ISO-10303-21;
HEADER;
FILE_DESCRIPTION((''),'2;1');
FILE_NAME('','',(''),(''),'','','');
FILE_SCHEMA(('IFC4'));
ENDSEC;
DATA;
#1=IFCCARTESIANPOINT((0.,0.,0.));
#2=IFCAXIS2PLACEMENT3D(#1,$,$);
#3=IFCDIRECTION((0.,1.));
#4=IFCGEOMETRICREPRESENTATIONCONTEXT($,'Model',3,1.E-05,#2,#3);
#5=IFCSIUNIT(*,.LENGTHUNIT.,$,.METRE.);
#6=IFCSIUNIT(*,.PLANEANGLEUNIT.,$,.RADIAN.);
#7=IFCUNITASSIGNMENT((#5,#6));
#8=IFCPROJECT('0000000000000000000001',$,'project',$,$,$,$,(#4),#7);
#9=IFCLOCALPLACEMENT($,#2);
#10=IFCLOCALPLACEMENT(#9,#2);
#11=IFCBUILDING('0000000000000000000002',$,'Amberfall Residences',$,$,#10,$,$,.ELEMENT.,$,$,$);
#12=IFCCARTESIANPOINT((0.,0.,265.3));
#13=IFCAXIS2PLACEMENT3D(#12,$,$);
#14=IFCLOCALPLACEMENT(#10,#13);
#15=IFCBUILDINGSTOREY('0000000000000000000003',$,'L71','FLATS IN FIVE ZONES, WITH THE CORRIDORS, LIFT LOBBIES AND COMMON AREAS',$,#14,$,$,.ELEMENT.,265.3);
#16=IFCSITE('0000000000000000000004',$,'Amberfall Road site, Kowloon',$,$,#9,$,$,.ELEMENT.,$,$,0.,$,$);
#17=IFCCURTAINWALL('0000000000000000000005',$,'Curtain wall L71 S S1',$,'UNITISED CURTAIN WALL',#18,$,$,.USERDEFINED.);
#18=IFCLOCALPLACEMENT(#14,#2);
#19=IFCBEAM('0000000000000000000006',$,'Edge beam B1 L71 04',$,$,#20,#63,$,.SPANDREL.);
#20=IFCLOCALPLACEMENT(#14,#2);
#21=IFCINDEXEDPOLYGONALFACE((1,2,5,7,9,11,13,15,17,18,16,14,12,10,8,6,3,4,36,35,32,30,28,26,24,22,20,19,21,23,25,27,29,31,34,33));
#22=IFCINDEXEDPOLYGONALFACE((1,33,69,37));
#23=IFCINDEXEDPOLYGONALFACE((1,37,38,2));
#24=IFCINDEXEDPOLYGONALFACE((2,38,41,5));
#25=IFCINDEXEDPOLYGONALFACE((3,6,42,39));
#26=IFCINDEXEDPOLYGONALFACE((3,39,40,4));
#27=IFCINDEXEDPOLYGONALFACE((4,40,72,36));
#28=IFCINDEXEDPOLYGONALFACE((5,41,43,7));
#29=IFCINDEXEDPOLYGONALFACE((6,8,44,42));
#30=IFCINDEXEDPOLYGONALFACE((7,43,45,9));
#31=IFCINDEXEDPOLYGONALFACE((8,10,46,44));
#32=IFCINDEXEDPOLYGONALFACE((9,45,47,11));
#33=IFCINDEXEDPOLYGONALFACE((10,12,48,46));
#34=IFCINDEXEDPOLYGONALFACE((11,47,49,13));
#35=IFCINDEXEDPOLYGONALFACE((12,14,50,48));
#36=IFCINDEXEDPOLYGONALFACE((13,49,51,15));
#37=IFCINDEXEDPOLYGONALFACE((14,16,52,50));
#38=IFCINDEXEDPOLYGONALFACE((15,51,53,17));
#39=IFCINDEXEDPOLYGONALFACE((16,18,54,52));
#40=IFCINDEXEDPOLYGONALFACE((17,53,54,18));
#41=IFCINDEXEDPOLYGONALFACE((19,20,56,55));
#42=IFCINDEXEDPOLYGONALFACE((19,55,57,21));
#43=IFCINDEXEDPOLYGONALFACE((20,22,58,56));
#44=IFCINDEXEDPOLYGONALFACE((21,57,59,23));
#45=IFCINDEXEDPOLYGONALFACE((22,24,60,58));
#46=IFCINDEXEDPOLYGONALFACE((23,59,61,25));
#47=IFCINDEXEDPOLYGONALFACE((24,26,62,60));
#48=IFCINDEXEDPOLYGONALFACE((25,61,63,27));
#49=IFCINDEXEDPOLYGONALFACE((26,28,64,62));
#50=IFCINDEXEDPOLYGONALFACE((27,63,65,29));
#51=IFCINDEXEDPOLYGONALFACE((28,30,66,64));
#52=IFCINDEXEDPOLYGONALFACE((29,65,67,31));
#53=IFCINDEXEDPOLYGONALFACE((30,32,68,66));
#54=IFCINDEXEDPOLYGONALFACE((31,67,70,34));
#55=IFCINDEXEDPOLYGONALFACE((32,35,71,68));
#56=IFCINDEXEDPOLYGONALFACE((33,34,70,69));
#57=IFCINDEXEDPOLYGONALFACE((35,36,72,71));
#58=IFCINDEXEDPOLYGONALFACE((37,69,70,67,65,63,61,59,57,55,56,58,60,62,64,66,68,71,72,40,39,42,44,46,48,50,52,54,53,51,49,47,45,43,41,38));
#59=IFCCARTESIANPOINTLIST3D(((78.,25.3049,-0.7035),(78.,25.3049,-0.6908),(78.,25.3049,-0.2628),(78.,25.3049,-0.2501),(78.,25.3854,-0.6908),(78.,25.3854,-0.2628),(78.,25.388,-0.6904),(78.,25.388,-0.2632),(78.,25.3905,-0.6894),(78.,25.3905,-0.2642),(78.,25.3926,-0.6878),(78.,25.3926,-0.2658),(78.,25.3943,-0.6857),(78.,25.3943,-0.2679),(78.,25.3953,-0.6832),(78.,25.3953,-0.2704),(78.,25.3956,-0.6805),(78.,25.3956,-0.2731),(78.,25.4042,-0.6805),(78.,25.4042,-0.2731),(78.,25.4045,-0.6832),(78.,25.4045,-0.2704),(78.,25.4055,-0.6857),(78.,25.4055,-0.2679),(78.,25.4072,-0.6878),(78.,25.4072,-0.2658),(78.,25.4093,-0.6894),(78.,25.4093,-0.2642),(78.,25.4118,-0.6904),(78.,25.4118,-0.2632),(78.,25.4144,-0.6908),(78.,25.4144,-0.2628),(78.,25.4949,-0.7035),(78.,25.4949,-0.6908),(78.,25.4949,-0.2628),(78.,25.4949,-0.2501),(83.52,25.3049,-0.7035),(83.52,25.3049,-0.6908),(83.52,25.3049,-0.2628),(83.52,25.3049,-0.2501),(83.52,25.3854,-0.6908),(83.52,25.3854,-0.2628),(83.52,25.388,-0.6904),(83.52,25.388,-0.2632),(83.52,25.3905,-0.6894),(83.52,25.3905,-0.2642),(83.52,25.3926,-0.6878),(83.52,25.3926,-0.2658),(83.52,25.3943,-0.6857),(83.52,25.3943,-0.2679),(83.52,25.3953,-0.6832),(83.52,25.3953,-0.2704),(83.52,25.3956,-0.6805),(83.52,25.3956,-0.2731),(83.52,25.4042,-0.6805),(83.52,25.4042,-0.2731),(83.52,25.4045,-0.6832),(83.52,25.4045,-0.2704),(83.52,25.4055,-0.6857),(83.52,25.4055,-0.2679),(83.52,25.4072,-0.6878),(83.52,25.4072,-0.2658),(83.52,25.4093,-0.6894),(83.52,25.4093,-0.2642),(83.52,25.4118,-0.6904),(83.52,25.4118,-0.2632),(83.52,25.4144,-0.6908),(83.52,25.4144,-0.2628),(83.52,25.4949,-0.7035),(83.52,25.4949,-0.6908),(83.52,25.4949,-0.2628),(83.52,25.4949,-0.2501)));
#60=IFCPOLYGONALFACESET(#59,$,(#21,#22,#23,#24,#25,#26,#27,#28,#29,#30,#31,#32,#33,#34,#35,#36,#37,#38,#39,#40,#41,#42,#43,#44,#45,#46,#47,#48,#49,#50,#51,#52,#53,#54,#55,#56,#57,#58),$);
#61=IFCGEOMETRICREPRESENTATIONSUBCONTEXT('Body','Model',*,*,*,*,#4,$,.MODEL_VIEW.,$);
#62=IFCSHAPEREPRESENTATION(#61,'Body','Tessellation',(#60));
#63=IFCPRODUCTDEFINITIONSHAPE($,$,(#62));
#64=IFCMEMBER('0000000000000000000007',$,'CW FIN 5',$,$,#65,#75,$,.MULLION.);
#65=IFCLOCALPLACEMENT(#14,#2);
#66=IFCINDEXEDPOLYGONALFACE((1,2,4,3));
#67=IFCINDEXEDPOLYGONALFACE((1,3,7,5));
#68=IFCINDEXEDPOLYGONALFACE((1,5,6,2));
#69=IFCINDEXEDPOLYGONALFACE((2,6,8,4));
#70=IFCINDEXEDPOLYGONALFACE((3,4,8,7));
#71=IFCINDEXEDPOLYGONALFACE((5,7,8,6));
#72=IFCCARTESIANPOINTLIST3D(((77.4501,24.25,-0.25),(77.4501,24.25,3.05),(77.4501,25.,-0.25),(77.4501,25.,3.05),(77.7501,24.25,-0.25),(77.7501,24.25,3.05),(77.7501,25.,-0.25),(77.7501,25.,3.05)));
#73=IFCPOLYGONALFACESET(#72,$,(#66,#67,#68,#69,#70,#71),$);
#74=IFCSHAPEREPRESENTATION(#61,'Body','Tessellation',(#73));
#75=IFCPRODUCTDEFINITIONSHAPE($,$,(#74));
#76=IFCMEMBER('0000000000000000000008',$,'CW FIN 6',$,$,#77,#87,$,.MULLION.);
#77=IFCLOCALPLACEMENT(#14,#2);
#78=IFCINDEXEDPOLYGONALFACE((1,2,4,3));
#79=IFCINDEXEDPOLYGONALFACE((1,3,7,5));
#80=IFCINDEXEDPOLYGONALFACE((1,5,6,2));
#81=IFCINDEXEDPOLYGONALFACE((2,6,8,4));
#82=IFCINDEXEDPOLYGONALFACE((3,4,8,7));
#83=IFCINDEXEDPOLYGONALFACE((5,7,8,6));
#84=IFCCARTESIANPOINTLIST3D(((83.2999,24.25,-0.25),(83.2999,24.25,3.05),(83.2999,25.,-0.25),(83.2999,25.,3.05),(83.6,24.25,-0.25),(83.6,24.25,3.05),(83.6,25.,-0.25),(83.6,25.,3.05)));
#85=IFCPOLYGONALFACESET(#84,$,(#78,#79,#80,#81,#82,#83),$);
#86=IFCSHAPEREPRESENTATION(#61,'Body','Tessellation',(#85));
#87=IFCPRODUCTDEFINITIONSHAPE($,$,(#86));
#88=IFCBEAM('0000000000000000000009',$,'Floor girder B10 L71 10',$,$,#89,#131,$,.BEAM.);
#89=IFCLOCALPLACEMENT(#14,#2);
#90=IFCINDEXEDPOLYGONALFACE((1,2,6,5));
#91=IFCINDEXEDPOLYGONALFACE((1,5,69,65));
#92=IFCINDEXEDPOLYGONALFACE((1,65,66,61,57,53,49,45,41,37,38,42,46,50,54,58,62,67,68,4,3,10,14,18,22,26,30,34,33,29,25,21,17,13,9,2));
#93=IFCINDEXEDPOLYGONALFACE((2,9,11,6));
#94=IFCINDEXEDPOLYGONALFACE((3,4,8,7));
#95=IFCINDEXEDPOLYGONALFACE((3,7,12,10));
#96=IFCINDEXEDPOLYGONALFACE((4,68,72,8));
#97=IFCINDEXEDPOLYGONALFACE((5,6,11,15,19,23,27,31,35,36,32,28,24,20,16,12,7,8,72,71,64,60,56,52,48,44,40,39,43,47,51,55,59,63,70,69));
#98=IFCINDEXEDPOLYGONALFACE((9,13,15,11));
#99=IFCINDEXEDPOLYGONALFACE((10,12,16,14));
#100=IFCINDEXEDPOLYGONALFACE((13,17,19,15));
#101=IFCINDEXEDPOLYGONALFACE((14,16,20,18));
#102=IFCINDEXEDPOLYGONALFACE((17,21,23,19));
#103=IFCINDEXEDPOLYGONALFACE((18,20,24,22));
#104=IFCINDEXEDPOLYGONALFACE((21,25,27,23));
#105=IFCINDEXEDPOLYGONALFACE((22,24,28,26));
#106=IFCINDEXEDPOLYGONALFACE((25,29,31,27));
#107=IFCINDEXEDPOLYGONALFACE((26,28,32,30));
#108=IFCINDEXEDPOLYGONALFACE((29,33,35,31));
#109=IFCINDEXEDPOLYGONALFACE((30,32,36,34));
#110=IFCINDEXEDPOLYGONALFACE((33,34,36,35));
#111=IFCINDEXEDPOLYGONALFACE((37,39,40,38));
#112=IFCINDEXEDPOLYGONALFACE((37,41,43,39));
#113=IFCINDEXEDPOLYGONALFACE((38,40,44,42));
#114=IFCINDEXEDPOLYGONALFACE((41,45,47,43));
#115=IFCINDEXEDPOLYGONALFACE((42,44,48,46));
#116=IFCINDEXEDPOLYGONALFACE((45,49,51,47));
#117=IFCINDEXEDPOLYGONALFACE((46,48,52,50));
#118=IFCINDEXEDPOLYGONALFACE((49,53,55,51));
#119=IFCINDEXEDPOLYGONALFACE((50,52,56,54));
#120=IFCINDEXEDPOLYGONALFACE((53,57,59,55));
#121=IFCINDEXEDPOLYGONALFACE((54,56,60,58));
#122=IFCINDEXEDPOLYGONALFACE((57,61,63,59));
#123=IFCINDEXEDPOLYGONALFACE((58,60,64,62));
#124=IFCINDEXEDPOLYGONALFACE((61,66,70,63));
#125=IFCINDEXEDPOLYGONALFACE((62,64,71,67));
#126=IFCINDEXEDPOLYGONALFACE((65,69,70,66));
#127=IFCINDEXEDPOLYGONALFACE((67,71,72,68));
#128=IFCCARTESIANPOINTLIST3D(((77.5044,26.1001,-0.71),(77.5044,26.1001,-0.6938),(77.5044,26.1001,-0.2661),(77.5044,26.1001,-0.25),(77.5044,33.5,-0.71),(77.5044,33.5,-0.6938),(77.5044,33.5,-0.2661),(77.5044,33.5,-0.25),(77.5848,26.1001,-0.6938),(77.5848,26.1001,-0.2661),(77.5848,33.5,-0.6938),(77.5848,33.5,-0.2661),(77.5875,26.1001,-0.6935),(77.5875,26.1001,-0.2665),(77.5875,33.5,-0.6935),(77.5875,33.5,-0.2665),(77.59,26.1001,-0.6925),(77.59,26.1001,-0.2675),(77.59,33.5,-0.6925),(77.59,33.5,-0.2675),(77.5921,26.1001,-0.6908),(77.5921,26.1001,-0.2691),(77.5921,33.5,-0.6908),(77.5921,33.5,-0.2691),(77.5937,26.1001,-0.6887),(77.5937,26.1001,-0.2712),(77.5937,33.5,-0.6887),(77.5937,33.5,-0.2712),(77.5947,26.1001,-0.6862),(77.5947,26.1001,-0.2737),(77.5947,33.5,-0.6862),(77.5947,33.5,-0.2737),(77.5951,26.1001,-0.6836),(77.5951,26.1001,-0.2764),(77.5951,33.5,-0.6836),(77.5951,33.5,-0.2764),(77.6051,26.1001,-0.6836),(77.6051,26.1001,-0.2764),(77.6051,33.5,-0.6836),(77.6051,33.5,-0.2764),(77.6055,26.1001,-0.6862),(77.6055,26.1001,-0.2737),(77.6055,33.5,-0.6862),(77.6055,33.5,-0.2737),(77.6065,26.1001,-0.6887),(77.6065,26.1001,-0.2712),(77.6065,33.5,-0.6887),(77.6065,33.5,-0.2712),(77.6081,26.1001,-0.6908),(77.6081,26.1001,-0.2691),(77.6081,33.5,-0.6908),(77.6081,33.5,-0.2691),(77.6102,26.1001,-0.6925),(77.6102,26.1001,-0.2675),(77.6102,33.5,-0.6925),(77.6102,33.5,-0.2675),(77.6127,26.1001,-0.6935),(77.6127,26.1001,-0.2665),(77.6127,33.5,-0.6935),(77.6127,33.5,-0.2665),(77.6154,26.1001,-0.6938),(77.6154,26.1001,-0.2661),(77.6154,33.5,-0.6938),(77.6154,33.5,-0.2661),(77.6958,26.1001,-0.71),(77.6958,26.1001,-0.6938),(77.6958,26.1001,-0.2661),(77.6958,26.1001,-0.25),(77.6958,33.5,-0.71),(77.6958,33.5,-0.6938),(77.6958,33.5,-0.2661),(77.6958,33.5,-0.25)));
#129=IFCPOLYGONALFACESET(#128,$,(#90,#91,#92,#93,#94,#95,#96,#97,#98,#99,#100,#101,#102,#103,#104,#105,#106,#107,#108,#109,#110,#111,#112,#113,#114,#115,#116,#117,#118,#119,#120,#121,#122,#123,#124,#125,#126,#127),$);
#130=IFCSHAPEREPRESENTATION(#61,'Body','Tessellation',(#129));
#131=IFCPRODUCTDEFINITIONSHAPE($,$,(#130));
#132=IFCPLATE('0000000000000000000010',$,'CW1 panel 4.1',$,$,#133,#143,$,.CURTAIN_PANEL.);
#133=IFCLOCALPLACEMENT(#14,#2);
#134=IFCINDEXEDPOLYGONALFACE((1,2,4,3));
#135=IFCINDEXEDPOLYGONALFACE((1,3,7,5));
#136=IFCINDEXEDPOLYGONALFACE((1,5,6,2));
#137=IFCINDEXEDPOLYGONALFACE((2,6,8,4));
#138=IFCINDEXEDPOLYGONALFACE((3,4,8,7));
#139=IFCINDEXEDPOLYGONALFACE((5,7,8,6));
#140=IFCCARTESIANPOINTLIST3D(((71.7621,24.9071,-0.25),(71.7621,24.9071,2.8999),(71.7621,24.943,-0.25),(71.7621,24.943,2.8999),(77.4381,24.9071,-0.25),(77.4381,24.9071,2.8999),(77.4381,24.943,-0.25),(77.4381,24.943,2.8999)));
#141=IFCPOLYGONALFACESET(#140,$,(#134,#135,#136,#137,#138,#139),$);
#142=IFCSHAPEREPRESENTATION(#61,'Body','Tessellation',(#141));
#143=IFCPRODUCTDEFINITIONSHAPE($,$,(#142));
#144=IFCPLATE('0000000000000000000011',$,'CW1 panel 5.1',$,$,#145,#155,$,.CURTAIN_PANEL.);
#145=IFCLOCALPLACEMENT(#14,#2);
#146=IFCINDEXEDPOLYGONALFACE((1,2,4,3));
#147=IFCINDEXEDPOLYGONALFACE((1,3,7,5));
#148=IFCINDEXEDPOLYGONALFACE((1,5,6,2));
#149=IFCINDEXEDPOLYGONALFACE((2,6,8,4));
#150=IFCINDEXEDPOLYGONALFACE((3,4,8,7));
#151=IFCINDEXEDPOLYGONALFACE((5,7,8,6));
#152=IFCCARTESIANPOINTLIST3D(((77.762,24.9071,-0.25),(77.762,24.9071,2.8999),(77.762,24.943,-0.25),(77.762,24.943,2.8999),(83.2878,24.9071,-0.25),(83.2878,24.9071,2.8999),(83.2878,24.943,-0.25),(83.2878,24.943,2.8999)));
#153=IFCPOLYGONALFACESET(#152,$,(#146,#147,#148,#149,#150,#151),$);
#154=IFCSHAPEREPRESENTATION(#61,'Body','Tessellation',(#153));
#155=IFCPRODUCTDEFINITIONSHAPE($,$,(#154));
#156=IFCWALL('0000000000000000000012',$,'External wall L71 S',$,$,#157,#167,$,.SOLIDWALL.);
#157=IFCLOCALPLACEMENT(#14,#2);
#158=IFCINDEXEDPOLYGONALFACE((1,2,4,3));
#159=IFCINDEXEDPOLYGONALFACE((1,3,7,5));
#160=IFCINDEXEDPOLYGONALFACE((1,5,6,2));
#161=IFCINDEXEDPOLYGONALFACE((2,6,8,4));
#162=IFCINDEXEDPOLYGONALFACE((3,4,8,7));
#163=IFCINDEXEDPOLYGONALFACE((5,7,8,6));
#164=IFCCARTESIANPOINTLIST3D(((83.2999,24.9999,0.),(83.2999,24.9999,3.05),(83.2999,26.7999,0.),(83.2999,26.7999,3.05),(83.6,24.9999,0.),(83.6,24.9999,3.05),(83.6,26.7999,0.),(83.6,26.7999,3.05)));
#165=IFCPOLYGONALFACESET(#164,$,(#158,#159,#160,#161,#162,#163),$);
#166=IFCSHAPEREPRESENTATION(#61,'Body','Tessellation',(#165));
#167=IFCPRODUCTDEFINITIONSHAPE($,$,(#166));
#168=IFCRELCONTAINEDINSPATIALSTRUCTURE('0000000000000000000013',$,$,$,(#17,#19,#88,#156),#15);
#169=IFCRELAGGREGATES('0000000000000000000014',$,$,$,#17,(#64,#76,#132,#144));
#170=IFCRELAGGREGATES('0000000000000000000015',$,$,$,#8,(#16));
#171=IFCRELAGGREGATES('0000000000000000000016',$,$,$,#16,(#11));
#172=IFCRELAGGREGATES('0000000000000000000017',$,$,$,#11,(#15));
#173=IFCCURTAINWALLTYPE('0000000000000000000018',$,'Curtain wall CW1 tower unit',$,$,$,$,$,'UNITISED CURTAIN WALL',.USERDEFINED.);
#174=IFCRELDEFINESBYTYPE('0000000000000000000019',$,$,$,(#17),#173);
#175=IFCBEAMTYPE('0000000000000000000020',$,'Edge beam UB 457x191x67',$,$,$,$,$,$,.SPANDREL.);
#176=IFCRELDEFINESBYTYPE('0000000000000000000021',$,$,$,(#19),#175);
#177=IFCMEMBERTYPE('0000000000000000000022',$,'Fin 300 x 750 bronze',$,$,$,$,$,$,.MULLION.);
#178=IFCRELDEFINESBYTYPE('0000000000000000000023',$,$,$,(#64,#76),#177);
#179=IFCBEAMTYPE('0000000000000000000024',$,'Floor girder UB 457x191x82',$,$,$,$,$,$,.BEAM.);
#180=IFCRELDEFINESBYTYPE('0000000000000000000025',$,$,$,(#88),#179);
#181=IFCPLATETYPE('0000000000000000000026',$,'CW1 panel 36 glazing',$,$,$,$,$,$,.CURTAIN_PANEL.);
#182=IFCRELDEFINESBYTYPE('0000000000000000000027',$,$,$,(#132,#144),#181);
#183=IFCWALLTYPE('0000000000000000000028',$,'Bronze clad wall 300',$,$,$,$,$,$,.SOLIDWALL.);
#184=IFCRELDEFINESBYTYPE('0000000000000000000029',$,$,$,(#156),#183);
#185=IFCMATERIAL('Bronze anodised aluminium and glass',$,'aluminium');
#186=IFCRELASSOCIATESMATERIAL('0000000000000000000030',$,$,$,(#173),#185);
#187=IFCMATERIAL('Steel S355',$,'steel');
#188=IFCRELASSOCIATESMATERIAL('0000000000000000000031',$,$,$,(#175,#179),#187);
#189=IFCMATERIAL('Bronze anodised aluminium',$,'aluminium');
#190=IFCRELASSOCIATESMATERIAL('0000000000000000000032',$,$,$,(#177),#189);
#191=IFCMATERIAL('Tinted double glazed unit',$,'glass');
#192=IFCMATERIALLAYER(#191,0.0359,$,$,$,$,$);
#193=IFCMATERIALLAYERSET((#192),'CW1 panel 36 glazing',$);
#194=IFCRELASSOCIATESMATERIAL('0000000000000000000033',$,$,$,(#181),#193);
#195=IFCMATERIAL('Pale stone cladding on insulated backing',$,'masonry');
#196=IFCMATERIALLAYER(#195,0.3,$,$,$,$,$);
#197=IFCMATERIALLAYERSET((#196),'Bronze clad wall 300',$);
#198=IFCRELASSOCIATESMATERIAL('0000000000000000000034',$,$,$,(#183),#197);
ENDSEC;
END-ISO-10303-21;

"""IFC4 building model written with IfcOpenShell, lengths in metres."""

from ifc_helpers import new_model, si_unit, direction, frame, frame_2d, origin, origin_2d, place, context, subcontext, project, spatial, rectangle, i_section, extrude, material, layer, layer_set, material_profile, profile_set, type_object, element, aggregate, save


model = new_model("IFC4")

# Units and contexts
model_context = context("Model", 3, precision=1e-05, world=origin(), true_north=direction((0.0, 1.0)))
body_context = subcontext(model_context, "Body", "Model", "MODEL_VIEW")
ifc_project = project(units=[si_unit("LENGTHUNIT", "METRE"), si_unit("PLANEANGLEUNIT", "RADIAN")], contexts=[model_context])

# Site, building, storey
site_placement = place(None, origin())
site = spatial("IfcSite", under=ifc_project, at=site_placement, Name="Amberfall Road site, Kowloon", CompositionType="ELEMENT", RefElevation=0.0)
building_placement = place(site_placement, origin())
building = spatial("IfcBuilding", under=site, at=building_placement, Name="Amberfall Residences", CompositionType="ELEMENT")
storey_placement = place(building_placement, frame((0.0, 0.0, 265.3)))
storey = spatial("IfcBuildingStorey", under=building, at=storey_placement, Name="L71", Description="FLATS IN FIVE ZONES, WITH THE CORRIDORS, LIFT LOBBIES AND COMMON AREAS", CompositionType="ELEMENT", Elevation=265.3)

# Curtain wall
ifc_material_1 = material(Name="Bronze anodised aluminium and glass", Category="aluminium")
curtain_wall_type = type_object("IfcCurtainWallType", Name="Curtain wall CW1 tower unit", ElementType="UNITISED CURTAIN WALL", PredefinedType="USERDEFINED", material=ifc_material_1)
curtain_wall_placement = place(storey_placement, origin())
curtain_wall = element("IfcCurtainWall", 1, at=curtain_wall_placement, inside=storey, type_object=curtain_wall_type, Name="Curtain wall L71 S S1", ObjectType="UNITISED CURTAIN WALL", PredefinedType="USERDEFINED")
ifc_material_2 = material(Name="Bronze anodised aluminium", Category="aluminium")

# Beam
ifc_material_3 = material(Name="Steel S355", Category="steel")
ifc_material_profile_1 = material_profile(ifc_material_3, i_section(OverallWidth=0.1899, OverallDepth=0.4534, WebThickness=0.0085, FlangeThickness=0.0127, FilletRadius=0.0103, at=origin_2d()), Name="UB 457x191x67")
ifc_profile_set_1 = profile_set([ifc_material_profile_1], Name="Steel S355")
beam_type_1 = type_object("IfcBeamType", Name="Edge beam UB 457x191x67", PredefinedType="SPANDREL", material=ifc_profile_set_1)
beam_1_placement = place(storey_placement, frame((78.0, 25.3999, -0.4768), z_axis=(1.0, 0.0, 0.0), x_axis=(0.0, 1.0, 0.0)))
element("IfcBeam", 2, at=beam_1_placement, inside=storey, type_object=beam_type_1, Name="Edge beam B1 L71 04", PredefinedType="SPANDREL", context=body_context, shape_type="SweptSolid", body=[
    extrude(i_section(OverallWidth=0.1899, OverallDepth=0.4534, WebThickness=0.0085, FlangeThickness=0.0127, FilletRadius=0.0103, at=origin_2d()), origin(), (0.0, 0.0, 1.0), 5.52),
])

# Members
ifc_material_profile_2 = material_profile(ifc_material_2, rectangle(XDim=0.75, YDim=0.3, at=origin_2d()), Name="Fin 300 x 750 bronze")
ifc_profile_set_2 = profile_set([ifc_material_profile_2], Name="Bronze anodised aluminium")
member_type_1 = type_object("IfcMemberType", Name="Fin 300 x 750 bronze", PredefinedType="MULLION", material=ifc_profile_set_2)
member_1_placement = place(storey_placement, frame((77.6001, 24.625, -0.25), z_axis=(0.0, 0.0, 1.0), x_axis=(0.0, 1.0, 0.0)))
member_1 = element("IfcMember", 3, at=member_1_placement, type_object=member_type_1, Name="CW FIN 5", PredefinedType="MULLION", context=body_context, shape_type="SweptSolid", body=[
    extrude(rectangle(XDim=0.75, YDim=0.3, at=origin_2d()), origin(), (0.0, 0.0, 1.0), 3.3),
])
member_2_placement = place(storey_placement, frame((83.45, 24.625, -0.25), z_axis=(0.0, 0.0, 1.0), x_axis=(0.0, 1.0, 0.0)))
member_2 = element("IfcMember", 4, at=member_2_placement, type_object=member_type_1, Name="CW FIN 6", PredefinedType="MULLION", context=body_context, shape_type="SweptSolid", body=[
    extrude(rectangle(XDim=0.75, YDim=0.3, at=origin_2d()), origin(), (0.0, 0.0, 1.0), 3.3),
])

# Beam
ifc_material_profile_3 = material_profile(ifc_material_3, i_section(OverallWidth=0.1914, OverallDepth=0.46, WebThickness=0.01, FlangeThickness=0.0161, FilletRadius=0.0103, at=origin_2d()), Name="UB 457x191x82")
ifc_profile_set_3 = profile_set([ifc_material_profile_3], Name="Steel S355")
beam_type_2 = type_object("IfcBeamType", Name="Floor girder UB 457x191x82", PredefinedType="BEAM", material=ifc_profile_set_3)
beam_2_placement = place(storey_placement, frame((77.6001, 26.1001, -0.48), z_axis=(0.0, 1.0, 0.0), x_axis=(-1.0, 0.0, 0.0)))
element("IfcBeam", 5, at=beam_2_placement, inside=storey, type_object=beam_type_2, Name="Floor girder B10 L71 10", PredefinedType="BEAM", context=body_context, shape_type="SweptSolid", body=[
    extrude(i_section(OverallWidth=0.1914, OverallDepth=0.46, WebThickness=0.01, FlangeThickness=0.0161, FilletRadius=0.0103, at=origin_2d()), origin(), (0.0, 0.0, 1.0), 7.3999),
])

# Plates
ifc_material_4 = material(Name="Tinted double glazed unit", Category="glass")
ifc_layer_1 = layer(ifc_material_4, 0.0359)
ifc_layer_set_1 = layer_set([ifc_layer_1], Name="CW1 panel 36 glazing")
plate_type = type_object("IfcPlateType", Name="CW1 panel 36 glazing", PredefinedType="CURTAIN_PANEL", material=ifc_layer_set_1)
plate_1_placement = place(storey_placement, frame((74.6001, 24.925, -0.25), z_axis=(0.0, 0.0, 1.0), x_axis=(1.0, 0.0, 0.0)))
plate_1 = element("IfcPlate", 6, at=plate_1_placement, type_object=plate_type, Name="CW1 panel 4.1", PredefinedType="CURTAIN_PANEL", context=body_context, shape_type="SweptSolid", body=[
    extrude(rectangle(XDim=5.676, YDim=0.0359, at=origin_2d()), origin(), (0.0, 0.0, 1.0), 3.1499),
])
plate_2_placement = place(storey_placement, frame((80.5249, 24.925, -0.25), z_axis=(0.0, 0.0, 1.0), x_axis=(1.0, 0.0, 0.0)))
plate_2 = element("IfcPlate", 7, at=plate_2_placement, type_object=plate_type, Name="CW1 panel 5.1", PredefinedType="CURTAIN_PANEL", context=body_context, shape_type="SweptSolid", body=[
    extrude(rectangle(XDim=5.5259, YDim=0.0359, at=origin_2d()), origin(), (0.0, 0.0, 1.0), 3.1499),
])
aggregate(curtain_wall, [member_1, member_2, plate_1, plate_2])

# Wall
ifc_material_5 = material(Name="Pale stone cladding on insulated backing", Category="masonry")
ifc_layer_2 = layer(ifc_material_5, 0.3)
ifc_layer_set_2 = layer_set([ifc_layer_2], Name="Bronze clad wall 300")
wall_type_1 = type_object("IfcWallType", Name="Bronze clad wall 300", PredefinedType="SOLIDWALL", material=ifc_layer_set_2)
wall_1_placement = place(storey_placement, frame((83.45, 25.0, 0.0), z_axis=(0.0, 0.0, 1.0), x_axis=(0.0, 1.0, 0.0)))
element("IfcWall", 8, at=wall_1_placement, inside=storey, type_object=wall_type_1, Name="External wall L71 S", PredefinedType="SOLIDWALL", context=body_context, shape_type="SweptSolid", body=[
    extrude(rectangle(XDim=1.8, YDim=0.3, at=frame_2d((0.8999, 0.0))), origin(), (0.0, 0.0, 1.0), 3.05),
])

save(model, "model.ifc")
